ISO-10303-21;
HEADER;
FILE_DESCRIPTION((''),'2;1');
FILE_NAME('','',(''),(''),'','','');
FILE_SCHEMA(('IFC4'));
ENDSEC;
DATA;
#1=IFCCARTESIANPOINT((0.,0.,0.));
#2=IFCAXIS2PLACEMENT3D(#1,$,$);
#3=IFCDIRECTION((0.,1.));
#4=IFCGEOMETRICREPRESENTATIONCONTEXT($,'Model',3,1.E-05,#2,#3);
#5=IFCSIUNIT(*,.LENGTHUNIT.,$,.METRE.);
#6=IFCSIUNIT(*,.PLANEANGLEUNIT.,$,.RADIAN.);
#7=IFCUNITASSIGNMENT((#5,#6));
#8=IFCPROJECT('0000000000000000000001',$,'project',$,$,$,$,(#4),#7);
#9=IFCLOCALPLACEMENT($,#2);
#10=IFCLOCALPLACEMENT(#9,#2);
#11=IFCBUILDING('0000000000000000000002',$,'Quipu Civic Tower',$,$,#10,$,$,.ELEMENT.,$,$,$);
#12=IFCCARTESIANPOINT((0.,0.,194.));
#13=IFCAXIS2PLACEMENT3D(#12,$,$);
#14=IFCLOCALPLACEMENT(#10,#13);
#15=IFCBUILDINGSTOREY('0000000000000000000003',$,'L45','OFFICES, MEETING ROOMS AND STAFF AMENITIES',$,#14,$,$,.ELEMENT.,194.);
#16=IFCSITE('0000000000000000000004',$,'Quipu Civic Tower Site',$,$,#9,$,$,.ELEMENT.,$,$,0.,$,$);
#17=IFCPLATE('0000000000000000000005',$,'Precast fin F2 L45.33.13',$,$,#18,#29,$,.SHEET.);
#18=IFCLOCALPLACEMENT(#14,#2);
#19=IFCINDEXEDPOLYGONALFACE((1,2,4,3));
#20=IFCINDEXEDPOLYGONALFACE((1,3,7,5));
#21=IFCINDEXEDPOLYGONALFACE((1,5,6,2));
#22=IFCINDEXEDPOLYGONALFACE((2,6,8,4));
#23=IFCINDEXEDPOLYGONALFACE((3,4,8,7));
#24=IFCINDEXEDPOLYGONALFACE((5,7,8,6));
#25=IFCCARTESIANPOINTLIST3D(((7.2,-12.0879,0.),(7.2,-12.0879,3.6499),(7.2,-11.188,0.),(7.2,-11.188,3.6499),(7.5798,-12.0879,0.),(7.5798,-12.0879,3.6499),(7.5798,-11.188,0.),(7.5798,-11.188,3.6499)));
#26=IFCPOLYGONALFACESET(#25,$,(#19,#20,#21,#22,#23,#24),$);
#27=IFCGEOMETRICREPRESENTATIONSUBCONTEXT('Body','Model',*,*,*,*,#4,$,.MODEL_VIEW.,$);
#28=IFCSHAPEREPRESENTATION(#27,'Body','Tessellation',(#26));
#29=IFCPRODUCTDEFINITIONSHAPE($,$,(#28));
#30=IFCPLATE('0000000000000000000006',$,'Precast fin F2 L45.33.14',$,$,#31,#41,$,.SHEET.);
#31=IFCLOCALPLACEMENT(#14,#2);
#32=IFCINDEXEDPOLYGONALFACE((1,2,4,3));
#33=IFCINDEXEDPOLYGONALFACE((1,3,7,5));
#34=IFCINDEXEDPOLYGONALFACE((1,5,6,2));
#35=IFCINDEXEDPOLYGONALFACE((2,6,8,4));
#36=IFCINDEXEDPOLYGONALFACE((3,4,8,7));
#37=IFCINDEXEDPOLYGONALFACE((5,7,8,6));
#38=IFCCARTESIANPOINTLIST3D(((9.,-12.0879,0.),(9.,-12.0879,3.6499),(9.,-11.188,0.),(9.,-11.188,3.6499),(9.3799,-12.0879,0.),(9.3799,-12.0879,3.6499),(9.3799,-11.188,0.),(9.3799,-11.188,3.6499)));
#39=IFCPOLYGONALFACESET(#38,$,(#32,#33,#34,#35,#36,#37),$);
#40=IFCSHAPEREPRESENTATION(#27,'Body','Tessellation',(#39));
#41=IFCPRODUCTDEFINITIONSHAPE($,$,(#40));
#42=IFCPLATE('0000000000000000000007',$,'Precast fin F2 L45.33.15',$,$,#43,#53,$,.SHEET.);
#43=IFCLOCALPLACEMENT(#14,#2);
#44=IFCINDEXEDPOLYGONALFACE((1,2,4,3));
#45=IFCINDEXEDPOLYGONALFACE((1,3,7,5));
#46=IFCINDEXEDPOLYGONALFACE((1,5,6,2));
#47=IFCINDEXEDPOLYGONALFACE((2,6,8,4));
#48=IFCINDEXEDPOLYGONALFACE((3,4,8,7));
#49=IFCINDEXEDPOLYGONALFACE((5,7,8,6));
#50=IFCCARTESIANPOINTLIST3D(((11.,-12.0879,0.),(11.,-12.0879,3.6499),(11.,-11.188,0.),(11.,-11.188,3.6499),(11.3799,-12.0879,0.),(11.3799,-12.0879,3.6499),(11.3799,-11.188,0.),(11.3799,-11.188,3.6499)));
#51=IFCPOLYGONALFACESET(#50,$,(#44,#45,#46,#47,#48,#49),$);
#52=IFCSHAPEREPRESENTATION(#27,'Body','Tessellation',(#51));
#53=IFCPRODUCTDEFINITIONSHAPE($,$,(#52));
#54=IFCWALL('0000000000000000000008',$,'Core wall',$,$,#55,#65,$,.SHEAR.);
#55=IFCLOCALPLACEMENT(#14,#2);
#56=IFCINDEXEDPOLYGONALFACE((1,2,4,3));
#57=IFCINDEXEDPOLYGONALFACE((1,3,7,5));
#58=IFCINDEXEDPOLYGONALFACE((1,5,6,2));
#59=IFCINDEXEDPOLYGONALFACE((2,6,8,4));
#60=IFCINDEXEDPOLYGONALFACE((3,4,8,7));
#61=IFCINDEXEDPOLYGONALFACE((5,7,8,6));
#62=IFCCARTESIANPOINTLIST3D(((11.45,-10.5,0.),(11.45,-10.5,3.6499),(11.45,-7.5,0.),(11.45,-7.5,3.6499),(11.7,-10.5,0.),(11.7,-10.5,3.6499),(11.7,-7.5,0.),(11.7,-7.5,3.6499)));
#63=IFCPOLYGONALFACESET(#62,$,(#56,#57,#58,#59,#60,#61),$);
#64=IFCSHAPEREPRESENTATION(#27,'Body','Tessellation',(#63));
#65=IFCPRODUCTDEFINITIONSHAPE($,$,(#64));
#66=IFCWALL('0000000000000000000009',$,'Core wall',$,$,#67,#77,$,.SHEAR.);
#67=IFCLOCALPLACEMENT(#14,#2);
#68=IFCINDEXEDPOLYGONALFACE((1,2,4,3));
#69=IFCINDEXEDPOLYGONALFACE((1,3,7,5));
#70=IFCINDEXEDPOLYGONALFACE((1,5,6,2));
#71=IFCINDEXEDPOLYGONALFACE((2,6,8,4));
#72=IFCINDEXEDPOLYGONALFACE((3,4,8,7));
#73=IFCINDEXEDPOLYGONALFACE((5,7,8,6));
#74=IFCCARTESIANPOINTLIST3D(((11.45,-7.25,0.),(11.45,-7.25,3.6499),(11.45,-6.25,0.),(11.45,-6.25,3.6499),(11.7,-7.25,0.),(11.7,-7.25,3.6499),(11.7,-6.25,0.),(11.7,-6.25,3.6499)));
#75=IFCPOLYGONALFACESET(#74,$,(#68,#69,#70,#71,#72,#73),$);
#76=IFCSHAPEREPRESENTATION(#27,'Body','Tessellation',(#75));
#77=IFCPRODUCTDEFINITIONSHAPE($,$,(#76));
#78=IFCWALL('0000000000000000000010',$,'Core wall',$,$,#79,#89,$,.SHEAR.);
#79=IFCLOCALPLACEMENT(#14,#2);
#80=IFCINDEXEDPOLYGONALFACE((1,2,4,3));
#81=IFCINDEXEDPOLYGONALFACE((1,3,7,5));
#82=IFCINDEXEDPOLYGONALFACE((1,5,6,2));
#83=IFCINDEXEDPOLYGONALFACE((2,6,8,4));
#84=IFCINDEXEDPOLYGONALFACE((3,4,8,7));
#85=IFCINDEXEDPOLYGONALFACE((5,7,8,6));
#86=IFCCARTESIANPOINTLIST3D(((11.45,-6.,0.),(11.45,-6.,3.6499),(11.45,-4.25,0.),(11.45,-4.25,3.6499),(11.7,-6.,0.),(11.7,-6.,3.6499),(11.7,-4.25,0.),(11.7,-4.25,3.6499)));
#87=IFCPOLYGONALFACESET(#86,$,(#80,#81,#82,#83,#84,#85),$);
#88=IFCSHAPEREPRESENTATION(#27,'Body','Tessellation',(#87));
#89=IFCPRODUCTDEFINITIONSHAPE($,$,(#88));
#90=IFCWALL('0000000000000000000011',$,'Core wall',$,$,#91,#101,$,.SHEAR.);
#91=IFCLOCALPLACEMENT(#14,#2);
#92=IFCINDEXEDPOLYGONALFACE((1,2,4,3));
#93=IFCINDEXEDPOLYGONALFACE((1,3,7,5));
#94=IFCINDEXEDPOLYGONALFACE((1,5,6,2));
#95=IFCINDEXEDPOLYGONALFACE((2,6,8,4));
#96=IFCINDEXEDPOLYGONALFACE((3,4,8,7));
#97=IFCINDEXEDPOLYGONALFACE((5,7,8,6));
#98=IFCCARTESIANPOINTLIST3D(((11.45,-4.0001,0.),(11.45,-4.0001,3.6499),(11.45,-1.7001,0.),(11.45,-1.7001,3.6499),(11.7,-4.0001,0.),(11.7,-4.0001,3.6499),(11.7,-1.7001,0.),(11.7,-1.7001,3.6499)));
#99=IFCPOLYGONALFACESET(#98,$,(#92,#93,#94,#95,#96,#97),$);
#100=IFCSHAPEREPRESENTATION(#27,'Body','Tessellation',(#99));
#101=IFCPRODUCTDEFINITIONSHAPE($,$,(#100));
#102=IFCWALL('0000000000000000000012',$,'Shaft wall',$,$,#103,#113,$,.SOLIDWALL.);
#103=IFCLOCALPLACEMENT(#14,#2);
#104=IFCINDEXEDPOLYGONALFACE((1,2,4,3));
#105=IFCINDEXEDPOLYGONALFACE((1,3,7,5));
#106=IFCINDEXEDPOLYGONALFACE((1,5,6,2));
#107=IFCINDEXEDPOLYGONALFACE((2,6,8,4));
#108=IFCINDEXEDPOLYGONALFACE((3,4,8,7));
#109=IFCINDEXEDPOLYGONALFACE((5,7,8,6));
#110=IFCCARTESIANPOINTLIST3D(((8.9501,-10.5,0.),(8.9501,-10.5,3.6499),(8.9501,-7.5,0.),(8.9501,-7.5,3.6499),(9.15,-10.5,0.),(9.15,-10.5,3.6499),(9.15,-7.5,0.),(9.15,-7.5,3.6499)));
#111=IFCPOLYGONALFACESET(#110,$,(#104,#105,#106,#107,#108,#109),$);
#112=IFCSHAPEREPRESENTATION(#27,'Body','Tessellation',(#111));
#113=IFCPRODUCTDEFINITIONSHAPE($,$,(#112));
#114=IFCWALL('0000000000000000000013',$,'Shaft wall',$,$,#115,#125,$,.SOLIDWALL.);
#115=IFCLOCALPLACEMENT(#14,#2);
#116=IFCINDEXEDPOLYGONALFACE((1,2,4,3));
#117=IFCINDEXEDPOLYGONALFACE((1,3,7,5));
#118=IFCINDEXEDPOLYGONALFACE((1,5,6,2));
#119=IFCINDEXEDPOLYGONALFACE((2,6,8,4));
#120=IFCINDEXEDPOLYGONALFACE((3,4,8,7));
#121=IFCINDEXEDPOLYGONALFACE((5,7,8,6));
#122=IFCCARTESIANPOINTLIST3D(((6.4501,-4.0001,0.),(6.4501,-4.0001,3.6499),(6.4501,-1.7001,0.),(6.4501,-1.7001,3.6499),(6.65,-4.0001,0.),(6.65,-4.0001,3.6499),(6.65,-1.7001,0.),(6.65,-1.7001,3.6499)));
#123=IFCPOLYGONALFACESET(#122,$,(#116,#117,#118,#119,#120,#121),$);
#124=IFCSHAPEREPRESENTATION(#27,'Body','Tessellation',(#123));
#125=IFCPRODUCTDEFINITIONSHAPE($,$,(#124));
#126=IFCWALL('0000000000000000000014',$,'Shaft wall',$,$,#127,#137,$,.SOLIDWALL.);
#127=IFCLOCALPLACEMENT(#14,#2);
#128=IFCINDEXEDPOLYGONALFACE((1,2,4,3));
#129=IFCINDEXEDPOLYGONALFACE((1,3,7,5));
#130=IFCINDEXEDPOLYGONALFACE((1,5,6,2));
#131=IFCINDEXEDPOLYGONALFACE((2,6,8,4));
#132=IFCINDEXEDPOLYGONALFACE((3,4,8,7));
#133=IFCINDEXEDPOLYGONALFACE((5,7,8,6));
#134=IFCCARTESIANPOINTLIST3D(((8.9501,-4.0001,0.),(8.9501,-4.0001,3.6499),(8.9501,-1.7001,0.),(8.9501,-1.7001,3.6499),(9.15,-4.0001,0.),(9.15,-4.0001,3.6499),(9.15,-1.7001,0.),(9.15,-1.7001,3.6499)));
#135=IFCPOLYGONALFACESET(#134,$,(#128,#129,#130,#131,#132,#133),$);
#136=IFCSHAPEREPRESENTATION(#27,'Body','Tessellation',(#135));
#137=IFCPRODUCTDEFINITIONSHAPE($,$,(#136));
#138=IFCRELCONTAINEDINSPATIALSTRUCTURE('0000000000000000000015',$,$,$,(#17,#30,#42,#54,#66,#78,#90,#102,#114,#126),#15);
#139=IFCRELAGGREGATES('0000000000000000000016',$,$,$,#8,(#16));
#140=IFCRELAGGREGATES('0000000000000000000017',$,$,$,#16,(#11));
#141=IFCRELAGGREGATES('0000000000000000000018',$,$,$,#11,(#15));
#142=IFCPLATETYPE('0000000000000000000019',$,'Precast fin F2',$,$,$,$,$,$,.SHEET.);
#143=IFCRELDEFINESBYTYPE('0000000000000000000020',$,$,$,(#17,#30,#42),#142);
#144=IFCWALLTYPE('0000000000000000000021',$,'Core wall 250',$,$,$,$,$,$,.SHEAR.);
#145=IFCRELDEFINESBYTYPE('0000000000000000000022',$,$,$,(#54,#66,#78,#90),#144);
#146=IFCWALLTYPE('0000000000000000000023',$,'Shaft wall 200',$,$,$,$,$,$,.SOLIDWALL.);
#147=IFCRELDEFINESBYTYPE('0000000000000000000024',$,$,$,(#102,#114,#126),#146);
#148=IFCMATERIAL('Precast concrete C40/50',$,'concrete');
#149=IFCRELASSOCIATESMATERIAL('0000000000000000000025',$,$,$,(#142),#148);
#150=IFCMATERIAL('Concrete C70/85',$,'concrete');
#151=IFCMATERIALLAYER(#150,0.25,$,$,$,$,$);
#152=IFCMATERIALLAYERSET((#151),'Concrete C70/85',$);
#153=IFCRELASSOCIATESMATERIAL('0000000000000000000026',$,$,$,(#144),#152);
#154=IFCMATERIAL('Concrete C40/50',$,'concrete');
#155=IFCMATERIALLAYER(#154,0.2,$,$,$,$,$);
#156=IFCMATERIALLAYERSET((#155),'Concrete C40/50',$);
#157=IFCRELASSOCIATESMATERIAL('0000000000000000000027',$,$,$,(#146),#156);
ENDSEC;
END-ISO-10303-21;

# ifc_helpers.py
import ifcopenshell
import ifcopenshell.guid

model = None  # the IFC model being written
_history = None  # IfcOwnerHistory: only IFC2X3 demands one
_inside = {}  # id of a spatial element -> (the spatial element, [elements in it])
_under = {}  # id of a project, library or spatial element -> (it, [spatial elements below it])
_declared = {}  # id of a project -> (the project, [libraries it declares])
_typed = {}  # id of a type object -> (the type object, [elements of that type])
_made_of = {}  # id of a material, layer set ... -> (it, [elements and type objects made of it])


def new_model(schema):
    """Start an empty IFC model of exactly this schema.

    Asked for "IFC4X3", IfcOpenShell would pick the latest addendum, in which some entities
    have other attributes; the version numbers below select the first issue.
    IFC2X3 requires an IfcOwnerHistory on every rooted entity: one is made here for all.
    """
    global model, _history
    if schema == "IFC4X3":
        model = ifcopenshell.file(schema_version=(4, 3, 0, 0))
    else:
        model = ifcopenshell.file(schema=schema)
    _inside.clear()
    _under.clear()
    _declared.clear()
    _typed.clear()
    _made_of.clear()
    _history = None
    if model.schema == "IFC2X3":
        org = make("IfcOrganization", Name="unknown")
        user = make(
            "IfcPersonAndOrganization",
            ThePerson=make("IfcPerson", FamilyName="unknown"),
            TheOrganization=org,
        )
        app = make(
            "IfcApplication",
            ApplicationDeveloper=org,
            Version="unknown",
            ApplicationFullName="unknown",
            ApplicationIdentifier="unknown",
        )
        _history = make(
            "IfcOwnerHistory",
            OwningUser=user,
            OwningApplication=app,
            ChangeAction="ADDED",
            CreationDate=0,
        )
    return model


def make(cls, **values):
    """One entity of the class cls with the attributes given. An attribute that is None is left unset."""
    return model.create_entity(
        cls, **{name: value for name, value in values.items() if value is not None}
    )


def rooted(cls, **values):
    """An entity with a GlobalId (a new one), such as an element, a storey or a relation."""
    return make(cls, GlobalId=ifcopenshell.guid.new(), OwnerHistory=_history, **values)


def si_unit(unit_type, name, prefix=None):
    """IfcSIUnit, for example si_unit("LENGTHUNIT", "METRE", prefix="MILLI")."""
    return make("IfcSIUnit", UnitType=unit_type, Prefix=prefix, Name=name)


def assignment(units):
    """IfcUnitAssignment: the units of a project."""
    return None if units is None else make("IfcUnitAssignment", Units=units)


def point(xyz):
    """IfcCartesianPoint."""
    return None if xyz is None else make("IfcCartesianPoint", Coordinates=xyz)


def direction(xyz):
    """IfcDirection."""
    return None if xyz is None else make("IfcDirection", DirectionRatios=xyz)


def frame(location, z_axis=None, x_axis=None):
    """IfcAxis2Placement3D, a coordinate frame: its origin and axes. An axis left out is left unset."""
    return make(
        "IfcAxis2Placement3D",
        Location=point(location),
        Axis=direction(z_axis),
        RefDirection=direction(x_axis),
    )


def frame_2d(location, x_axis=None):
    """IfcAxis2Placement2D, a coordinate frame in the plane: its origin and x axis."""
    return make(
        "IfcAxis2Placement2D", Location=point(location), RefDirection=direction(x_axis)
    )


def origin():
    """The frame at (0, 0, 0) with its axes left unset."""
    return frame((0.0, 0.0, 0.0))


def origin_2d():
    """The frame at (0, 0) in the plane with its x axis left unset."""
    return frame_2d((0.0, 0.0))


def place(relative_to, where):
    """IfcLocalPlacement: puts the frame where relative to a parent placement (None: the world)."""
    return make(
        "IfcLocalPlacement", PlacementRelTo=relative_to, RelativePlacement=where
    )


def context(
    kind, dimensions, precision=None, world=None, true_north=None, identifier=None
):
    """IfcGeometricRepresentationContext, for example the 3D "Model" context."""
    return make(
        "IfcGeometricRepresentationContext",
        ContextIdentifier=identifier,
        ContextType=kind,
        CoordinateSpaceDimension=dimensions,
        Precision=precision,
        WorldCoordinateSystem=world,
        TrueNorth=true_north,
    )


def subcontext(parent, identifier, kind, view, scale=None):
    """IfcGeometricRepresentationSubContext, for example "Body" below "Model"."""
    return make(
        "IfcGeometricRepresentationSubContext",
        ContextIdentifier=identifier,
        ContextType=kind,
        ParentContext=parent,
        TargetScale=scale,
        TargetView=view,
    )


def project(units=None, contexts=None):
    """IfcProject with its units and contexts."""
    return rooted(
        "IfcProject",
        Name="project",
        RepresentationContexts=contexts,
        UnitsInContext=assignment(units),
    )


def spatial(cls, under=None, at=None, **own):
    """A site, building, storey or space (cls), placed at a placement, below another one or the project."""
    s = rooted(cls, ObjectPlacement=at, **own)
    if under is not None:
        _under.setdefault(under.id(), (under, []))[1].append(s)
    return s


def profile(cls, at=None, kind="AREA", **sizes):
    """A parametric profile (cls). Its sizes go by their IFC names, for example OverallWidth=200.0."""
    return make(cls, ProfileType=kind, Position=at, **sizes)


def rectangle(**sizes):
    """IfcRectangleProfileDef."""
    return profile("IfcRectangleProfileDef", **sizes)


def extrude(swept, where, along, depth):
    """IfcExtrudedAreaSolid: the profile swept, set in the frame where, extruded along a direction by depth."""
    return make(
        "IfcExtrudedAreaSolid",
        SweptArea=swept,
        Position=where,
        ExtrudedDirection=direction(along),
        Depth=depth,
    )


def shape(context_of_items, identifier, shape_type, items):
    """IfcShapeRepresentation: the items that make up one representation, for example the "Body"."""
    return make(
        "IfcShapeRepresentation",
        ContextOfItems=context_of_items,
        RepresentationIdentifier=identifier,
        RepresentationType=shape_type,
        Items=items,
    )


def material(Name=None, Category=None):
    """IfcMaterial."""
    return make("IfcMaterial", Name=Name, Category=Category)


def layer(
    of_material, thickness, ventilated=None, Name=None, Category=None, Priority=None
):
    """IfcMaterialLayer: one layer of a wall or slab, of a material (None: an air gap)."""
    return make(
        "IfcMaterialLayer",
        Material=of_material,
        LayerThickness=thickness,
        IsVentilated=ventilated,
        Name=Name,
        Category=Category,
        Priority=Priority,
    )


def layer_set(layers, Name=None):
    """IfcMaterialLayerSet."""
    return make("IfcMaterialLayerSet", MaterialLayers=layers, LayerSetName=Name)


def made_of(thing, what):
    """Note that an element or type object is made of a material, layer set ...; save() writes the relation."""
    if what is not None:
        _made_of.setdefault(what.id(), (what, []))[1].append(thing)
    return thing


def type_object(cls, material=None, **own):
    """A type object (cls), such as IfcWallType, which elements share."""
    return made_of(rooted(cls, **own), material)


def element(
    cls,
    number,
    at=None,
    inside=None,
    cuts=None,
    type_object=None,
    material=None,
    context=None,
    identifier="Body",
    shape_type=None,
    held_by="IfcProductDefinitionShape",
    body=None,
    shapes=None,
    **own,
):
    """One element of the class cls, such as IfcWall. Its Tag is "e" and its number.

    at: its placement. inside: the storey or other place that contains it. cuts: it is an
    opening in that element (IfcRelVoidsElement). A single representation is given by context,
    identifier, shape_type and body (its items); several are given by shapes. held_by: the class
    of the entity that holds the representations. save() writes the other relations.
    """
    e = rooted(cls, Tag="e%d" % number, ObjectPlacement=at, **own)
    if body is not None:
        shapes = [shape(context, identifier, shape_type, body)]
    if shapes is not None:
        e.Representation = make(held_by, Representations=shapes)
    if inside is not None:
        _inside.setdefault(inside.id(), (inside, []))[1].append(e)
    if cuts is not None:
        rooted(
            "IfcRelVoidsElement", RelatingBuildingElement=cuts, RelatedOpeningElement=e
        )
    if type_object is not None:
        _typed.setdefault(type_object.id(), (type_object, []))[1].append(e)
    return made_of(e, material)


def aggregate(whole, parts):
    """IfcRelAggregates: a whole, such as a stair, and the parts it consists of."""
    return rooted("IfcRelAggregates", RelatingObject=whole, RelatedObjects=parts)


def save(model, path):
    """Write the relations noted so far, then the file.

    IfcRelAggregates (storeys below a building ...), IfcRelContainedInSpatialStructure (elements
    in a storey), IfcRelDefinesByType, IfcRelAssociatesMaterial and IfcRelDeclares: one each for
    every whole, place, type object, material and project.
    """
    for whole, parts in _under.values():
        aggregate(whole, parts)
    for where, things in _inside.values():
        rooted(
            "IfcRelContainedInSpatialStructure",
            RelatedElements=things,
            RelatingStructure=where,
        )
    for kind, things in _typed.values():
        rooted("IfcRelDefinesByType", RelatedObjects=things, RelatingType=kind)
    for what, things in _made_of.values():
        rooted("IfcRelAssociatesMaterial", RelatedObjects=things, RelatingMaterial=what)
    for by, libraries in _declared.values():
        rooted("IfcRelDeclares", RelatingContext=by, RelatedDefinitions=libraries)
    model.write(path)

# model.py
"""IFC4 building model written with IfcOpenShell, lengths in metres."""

from ifc_helpers import new_model, si_unit, direction, frame, frame_2d, origin, origin_2d, place, context, subcontext, project, spatial, rectangle, extrude, material, layer, layer_set, type_object, element, save


model = new_model("IFC4")

# Units and contexts
model_context = context("Model", 3, precision=1e-05, world=origin(), true_north=direction((0.0, 1.0)))
body_context = subcontext(model_context, "Body", "Model", "MODEL_VIEW")
ifc_project = project(units=[si_unit("LENGTHUNIT", "METRE"), si_unit("PLANEANGLEUNIT", "RADIAN")], contexts=[model_context])

# Site, building, storey
site_placement = place(None, origin())
site = spatial("IfcSite", under=ifc_project, at=site_placement, Name="Quipu Civic Tower Site", CompositionType="ELEMENT", RefElevation=0.0)
building_placement = place(site_placement, origin())
building = spatial("IfcBuilding", under=site, at=building_placement, Name="Quipu Civic Tower", CompositionType="ELEMENT")
storey_placement = place(building_placement, frame((0.0, 0.0, 194.0)))
storey = spatial("IfcBuildingStorey", under=building, at=storey_placement, Name="L45", Description="OFFICES, MEETING ROOMS AND STAFF AMENITIES", CompositionType="ELEMENT", Elevation=194.0)

# Plates
ifc_material_1 = material(Name="Precast concrete C40/50", Category="concrete")
plate_type = type_object("IfcPlateType", Name="Precast fin F2", PredefinedType="SHEET", material=ifc_material_1)
for number, where, z_axis, x_axis, name in (
    (1, (7.3899, -11.6379, 0.0), (0.0, 0.0, 1.0), (1.0, 0.0, 0.0), "Precast fin F2 L45.33.13"),
    (2, (9.1899, -11.6379, 0.0), (0.0, 0.0, 1.0), (1.0, 0.0, 0.0), "Precast fin F2 L45.33.14"),
    (3, (11.1899, -11.6379, 0.0), (0.0, 0.0, 1.0), (1.0, 0.0, 0.0), "Precast fin F2 L45.33.15"),
):
    element("IfcPlate", number, at=place(storey_placement, frame(where, z_axis=z_axis, x_axis=x_axis)), inside=storey, type_object=plate_type, Name=name, PredefinedType="SHEET", context=body_context, shape_type="SweptSolid", body=[
        extrude(rectangle(XDim=0.3799, YDim=0.8999, at=origin_2d()), origin(), (0.0, 0.0, 1.0), 3.6499),
    ])

# Wall
ifc_material_2 = material(Name="Concrete C70/85", Category="concrete")
ifc_layer_1 = layer(ifc_material_2, 0.25)
ifc_layer_set_1 = layer_set([ifc_layer_1], Name="Concrete C70/85")
wall_type_1 = type_object("IfcWallType", Name="Core wall 250", PredefinedType="SHEAR", material=ifc_layer_set_1)
wall_1_placement = place(storey_placement, frame((11.575, -10.5, 0.0), z_axis=(0.0, 0.0, 1.0), x_axis=(0.0, 1.0, 0.0)))
element("IfcWall", 4, at=wall_1_placement, inside=storey, type_object=wall_type_1, Name="Core wall", PredefinedType="SHEAR", context=body_context, shape_type="SweptSolid", body=[
    extrude(rectangle(XDim=3.0, YDim=0.25, at=frame_2d((1.5, 0.0))), origin(), (0.0, 0.0, 1.0), 3.6499),
])

# Walls
wall_2_placement = place(storey_placement, frame((11.575, -7.25, 0.0), z_axis=(0.0, 0.0, 1.0), x_axis=(0.0, 1.0, 0.0)))
element("IfcWall", 5, at=wall_2_placement, inside=storey, type_object=wall_type_1, Name="Core wall", PredefinedType="SHEAR", context=body_context, shape_type="SweptSolid", body=[
    extrude(rectangle(XDim=1.0, YDim=0.25, at=frame_2d((0.5, 0.0))), origin(), (0.0, 0.0, 1.0), 3.6499),
])
wall_3_placement = place(storey_placement, frame((11.575, -6.0, 0.0), z_axis=(0.0, 0.0, 1.0), x_axis=(0.0, 1.0, 0.0)))
element("IfcWall", 6, at=wall_3_placement, inside=storey, type_object=wall_type_1, Name="Core wall", PredefinedType="SHEAR", context=body_context, shape_type="SweptSolid", body=[
    extrude(rectangle(XDim=1.75, YDim=0.25, at=frame_2d((0.875, 0.0))), origin(), (0.0, 0.0, 1.0), 3.6499),
])
wall_4_placement = place(storey_placement, frame((11.575, -4.0, 0.0), z_axis=(0.0, 0.0, 1.0), x_axis=(0.0, 1.0, 0.0)))
element("IfcWall", 7, at=wall_4_placement, inside=storey, type_object=wall_type_1, Name="Core wall", PredefinedType="SHEAR", context=body_context, shape_type="SweptSolid", body=[
    extrude(rectangle(XDim=2.3, YDim=0.25, at=frame_2d((1.1499, 0.0))), origin(), (0.0, 0.0, 1.0), 3.6499),
])
ifc_material_3 = material(Name="Concrete C40/50", Category="concrete")
ifc_layer_2 = layer(ifc_material_3, 0.2)
ifc_layer_set_2 = layer_set([ifc_layer_2], Name="Concrete C40/50")
wall_type_2 = type_object("IfcWallType", Name="Shaft wall 200", PredefinedType="SOLIDWALL", material=ifc_layer_set_2)
wall_5_placement = place(storey_placement, frame((9.05, -10.5, 0.0), z_axis=(0.0, 0.0, 1.0), x_axis=(0.0, 1.0, 0.0)))
element("IfcWall", 8, at=wall_5_placement, inside=storey, type_object=wall_type_2, Name="Shaft wall", PredefinedType="SOLIDWALL", context=body_context, shape_type="SweptSolid", body=[
    extrude(rectangle(XDim=3.0, YDim=0.2, at=frame_2d((1.5, 0.0))), origin(), (0.0, 0.0, 1.0), 3.6499),
])
for number, where, z_axis, x_axis, name in (
    (9, (6.55, -4.0, 0.0), (0.0, 0.0, 1.0), (0.0, 1.0, 0.0), "Shaft wall"),
    (10, (9.05, -4.0, 0.0), (0.0, 0.0, 1.0), (0.0, 1.0, 0.0), "Shaft wall"),
):
    element("IfcWall", number, at=place(storey_placement, frame(where, z_axis=z_axis, x_axis=x_axis)), inside=storey, type_object=wall_type_2, Name=name, PredefinedType="SOLIDWALL", context=body_context, shape_type="SweptSolid", body=[
        extrude(rectangle(XDim=2.3, YDim=0.2, at=frame_2d((1.1499, 0.0))), origin(), (0.0, 0.0, 1.0), 3.6499),
    ])

save(model, "model.ifc")
